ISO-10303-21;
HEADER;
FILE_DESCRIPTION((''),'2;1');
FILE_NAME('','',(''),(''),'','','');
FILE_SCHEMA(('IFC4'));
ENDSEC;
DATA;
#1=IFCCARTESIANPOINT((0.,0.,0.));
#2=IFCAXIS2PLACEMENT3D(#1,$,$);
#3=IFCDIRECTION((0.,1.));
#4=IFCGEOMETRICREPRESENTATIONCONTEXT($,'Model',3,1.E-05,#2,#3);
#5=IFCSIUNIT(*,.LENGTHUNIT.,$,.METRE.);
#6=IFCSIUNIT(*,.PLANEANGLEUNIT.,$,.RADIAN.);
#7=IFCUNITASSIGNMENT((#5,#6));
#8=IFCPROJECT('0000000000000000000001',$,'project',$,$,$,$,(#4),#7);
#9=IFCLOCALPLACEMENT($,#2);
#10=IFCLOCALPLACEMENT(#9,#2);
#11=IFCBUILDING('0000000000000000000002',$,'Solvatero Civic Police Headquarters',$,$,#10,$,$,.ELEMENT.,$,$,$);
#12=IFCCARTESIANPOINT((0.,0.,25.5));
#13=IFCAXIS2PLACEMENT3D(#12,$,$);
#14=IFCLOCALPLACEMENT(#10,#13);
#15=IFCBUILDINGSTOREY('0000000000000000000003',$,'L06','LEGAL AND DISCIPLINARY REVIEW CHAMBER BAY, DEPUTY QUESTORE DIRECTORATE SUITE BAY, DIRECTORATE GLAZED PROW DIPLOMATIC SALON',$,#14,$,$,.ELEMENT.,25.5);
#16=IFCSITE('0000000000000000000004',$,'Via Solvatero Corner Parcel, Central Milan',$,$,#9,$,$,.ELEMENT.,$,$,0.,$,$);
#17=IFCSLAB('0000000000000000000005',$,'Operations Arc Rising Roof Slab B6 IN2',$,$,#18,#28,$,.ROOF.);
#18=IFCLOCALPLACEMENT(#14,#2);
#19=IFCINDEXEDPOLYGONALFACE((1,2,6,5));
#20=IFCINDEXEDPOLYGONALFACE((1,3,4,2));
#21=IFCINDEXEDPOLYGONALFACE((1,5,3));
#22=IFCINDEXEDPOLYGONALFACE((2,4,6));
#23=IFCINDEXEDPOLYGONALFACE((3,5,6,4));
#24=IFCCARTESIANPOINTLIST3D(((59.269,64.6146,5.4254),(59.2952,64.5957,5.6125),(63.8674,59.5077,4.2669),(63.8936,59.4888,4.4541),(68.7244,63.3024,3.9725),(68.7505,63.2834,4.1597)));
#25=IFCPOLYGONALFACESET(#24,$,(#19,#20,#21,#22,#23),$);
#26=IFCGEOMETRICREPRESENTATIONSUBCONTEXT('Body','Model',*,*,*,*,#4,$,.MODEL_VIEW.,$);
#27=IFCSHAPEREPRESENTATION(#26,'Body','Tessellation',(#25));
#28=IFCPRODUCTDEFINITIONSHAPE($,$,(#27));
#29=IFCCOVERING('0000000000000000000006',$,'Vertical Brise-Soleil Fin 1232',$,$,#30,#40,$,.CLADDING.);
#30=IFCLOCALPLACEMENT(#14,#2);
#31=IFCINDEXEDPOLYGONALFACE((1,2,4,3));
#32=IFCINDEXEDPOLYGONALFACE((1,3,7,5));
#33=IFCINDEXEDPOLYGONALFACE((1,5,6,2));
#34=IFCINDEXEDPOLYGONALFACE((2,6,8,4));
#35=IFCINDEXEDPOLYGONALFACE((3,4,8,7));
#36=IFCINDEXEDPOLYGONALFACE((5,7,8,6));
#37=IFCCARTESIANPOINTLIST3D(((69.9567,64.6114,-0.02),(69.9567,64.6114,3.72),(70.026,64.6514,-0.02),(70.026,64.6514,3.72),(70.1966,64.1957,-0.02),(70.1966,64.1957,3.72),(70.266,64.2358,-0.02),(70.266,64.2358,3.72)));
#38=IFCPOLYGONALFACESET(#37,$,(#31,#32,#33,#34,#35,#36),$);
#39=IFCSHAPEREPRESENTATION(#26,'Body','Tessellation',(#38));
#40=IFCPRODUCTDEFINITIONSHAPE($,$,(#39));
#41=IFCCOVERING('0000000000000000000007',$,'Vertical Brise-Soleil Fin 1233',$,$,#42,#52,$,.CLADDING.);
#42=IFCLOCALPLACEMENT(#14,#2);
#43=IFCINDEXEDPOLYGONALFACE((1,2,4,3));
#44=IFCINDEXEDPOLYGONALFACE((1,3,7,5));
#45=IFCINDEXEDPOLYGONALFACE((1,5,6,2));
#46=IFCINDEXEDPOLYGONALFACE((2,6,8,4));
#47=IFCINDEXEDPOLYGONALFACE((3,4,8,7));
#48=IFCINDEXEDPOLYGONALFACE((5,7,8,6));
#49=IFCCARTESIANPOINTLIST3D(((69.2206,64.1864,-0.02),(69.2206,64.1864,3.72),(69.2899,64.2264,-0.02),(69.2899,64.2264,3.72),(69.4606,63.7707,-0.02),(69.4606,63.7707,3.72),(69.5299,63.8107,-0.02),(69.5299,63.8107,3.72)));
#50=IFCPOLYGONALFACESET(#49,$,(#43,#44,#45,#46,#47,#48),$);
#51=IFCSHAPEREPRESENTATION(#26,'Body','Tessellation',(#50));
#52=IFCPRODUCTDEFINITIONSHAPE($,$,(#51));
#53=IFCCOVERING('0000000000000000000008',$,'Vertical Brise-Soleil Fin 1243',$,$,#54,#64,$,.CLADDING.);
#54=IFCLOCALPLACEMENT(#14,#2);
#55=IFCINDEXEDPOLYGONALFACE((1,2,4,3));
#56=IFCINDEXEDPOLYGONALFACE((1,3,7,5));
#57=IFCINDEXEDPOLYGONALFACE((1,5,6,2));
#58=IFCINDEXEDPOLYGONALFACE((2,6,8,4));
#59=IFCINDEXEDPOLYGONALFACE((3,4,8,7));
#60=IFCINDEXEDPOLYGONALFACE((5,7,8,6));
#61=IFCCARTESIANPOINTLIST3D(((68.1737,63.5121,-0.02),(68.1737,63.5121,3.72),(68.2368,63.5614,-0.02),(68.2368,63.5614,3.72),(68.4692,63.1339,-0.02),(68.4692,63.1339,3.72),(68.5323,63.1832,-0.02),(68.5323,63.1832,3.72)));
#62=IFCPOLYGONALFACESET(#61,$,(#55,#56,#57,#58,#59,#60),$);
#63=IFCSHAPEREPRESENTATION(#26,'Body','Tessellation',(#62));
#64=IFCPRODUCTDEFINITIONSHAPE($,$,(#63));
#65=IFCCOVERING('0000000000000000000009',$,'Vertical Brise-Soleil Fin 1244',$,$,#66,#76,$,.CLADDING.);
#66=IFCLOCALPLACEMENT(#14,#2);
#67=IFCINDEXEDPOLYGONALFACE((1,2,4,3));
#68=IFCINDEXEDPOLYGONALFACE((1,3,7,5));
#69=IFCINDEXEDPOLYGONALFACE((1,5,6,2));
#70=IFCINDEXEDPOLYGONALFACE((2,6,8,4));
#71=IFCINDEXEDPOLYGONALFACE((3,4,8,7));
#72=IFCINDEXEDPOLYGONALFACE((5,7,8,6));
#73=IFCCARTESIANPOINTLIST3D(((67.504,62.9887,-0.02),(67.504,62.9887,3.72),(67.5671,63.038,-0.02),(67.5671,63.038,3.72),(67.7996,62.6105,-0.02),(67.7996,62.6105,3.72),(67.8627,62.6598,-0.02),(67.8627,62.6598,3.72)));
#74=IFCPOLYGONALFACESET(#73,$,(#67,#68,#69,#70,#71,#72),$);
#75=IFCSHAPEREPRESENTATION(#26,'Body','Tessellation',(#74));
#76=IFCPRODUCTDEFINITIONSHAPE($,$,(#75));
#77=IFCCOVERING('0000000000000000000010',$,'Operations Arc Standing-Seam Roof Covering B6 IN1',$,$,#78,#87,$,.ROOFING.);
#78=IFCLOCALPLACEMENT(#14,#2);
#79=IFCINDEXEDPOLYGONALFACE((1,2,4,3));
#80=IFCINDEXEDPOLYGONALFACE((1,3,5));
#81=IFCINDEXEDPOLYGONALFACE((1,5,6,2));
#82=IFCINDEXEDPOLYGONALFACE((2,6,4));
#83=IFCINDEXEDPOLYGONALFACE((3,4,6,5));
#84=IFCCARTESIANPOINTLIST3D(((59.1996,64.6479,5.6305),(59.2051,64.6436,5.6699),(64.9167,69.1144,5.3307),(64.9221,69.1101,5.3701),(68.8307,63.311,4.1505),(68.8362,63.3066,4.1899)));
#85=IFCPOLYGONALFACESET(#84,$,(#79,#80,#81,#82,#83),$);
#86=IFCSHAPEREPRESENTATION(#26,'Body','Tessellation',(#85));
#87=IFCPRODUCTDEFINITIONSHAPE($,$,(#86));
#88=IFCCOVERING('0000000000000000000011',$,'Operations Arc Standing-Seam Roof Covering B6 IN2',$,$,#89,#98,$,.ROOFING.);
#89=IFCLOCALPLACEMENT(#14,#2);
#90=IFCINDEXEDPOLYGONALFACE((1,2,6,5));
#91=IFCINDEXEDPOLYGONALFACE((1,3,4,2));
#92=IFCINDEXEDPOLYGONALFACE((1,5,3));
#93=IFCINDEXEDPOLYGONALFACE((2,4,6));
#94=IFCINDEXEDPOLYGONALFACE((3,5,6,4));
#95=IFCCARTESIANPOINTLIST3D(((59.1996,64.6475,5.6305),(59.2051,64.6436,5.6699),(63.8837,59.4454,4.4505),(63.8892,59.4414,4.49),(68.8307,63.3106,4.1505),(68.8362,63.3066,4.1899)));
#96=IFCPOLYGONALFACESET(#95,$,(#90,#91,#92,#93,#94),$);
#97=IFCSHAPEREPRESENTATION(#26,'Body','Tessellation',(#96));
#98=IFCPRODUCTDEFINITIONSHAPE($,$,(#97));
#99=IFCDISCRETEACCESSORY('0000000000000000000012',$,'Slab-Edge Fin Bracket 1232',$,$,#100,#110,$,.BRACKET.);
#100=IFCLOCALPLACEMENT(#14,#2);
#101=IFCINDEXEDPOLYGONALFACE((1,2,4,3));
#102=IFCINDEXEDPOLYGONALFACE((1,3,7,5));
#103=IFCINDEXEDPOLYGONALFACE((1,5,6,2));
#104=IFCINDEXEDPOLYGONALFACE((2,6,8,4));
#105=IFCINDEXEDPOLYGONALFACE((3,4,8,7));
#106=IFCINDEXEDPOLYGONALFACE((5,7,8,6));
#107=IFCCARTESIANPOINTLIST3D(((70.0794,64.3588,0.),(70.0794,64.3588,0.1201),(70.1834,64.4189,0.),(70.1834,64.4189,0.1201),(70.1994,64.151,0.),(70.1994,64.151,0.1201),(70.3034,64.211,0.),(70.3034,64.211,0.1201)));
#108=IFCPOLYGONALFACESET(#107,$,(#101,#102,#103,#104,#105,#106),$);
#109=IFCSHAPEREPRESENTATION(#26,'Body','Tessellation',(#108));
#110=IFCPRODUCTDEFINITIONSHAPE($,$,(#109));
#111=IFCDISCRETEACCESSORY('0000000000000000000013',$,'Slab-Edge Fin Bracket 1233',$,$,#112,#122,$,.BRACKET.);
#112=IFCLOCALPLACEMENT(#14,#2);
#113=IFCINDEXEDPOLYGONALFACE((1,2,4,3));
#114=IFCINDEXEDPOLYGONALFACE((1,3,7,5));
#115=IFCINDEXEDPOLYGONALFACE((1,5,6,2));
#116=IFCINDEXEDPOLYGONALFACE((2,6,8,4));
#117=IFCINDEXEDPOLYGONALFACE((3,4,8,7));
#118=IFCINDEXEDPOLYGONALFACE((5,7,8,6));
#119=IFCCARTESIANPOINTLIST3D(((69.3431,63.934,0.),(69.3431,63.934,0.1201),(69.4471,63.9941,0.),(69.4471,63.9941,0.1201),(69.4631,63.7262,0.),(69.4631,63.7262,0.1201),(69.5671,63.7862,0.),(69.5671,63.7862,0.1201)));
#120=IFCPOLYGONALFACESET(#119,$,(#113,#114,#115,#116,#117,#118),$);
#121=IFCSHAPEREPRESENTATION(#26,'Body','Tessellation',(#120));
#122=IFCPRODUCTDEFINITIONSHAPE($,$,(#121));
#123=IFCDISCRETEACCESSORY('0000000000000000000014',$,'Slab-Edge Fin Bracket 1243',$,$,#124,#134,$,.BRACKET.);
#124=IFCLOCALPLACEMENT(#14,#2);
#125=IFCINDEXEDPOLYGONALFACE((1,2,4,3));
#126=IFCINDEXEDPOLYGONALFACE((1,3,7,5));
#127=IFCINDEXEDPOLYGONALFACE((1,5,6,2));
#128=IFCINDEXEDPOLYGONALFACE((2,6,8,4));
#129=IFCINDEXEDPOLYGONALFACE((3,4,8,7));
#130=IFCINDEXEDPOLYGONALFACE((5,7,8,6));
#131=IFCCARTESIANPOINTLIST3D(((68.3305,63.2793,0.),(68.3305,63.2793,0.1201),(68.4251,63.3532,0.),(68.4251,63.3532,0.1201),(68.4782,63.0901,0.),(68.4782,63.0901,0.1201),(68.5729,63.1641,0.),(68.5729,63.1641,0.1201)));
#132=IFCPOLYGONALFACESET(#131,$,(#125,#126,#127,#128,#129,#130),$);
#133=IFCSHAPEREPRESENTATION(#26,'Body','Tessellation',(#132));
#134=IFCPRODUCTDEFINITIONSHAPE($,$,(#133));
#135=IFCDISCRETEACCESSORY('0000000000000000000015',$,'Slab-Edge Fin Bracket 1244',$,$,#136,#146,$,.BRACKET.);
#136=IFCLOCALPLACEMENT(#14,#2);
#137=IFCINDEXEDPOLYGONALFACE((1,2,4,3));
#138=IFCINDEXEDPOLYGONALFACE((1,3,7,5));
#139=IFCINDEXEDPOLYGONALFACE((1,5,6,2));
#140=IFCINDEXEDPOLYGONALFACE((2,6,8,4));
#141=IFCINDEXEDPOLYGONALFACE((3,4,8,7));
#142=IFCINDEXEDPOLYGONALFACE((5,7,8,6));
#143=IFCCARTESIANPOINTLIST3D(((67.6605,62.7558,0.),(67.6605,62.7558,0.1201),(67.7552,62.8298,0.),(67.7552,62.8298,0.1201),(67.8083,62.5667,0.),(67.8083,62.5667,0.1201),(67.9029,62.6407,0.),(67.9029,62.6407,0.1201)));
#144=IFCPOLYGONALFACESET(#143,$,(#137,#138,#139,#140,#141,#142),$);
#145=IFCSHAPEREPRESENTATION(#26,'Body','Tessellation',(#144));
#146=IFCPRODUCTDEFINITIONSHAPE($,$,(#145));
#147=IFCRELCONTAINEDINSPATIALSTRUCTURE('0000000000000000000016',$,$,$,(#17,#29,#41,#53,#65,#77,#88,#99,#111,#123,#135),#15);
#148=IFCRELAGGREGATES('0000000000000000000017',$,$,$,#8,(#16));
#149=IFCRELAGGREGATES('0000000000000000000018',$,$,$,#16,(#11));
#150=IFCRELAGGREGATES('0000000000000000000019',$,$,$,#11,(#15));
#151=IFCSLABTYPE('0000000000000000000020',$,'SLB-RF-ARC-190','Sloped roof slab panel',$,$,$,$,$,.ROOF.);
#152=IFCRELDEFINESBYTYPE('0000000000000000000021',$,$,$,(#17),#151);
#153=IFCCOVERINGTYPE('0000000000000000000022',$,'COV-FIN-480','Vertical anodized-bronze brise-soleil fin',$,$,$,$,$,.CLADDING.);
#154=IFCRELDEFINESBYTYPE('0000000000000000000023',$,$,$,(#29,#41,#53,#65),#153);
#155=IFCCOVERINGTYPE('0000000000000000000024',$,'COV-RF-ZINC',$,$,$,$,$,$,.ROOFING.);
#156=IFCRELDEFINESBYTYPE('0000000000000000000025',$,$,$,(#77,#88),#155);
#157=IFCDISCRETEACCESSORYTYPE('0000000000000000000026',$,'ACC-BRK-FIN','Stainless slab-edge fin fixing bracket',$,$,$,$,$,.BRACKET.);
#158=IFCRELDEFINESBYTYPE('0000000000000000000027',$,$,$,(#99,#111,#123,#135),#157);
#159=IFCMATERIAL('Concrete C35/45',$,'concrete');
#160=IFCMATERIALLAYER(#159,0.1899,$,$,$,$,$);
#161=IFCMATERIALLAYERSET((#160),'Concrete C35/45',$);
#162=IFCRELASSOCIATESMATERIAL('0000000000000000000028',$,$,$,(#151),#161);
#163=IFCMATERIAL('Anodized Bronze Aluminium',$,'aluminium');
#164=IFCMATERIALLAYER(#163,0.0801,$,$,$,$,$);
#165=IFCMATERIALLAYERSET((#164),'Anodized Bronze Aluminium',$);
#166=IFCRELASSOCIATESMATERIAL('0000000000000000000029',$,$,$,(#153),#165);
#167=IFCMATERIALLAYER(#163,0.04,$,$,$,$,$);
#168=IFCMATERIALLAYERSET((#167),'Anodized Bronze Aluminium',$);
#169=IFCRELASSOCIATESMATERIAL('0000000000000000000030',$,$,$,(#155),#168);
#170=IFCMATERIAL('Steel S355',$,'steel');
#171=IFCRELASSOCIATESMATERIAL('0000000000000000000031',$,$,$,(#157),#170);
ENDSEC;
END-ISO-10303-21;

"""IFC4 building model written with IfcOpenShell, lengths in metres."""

from ifc_helpers import new_model, si_unit, direction, frame, origin, origin_2d, place, context, subcontext, project, spatial, polyline, rectangle, outline, extrude, material, layer, layer_set, type_object, element, save


model = new_model("IFC4")

# Units and contexts
model_context = context("Model", 3, precision=1e-05, world=origin(), true_north=direction((0.0, 1.0)))
body_context = subcontext(model_context, "Body", "Model", "MODEL_VIEW")
ifc_project = project(units=[si_unit("LENGTHUNIT", "METRE"), si_unit("PLANEANGLEUNIT", "RADIAN")], contexts=[model_context])

# Site, building, storey
site_placement = place(None, origin())
site = spatial("IfcSite", under=ifc_project, at=site_placement, Name="Via Solvatero Corner Parcel, Central Milan", CompositionType="ELEMENT", RefElevation=0.0)
building_placement = place(site_placement, origin())
building = spatial("IfcBuilding", under=site, at=building_placement, Name="Solvatero Civic Police Headquarters", CompositionType="ELEMENT")
storey_placement = place(building_placement, frame((0.0, 0.0, 25.5)))
storey = spatial("IfcBuildingStorey", under=building, at=storey_placement, Name="L06", Description="LEGAL AND DISCIPLINARY REVIEW CHAMBER BAY, DEPUTY QUESTORE DIRECTORATE SUITE BAY, DIRECTORATE GLAZED PROW DIPLOMATIC SALON", CompositionType="ELEMENT", Elevation=25.5)

# Shared definitions
ifc_material_1 = material(Name="Steel S355", Category="steel")

# Shared definitions
ifc_material_2 = material(Name="Anodized Bronze Aluminium", Category="aluminium")

# Slab
ifc_material_3 = material(Name="Concrete C35/45", Category="concrete")
ifc_layer_1 = layer(ifc_material_3, 0.1899)
ifc_layer_set_1 = layer_set([ifc_layer_1], Name="Concrete C35/45")
slab_type = type_object("IfcSlabType", Name="SLB-RF-ARC-190", Description="Sloped roof slab panel", PredefinedType="ROOF", material=ifc_layer_set_1)
slab_1_placement = place(storey_placement, frame((68.7505, 63.2834, 4.1597), z_axis=(0.137594, -0.099648, 0.985463), x_axis=(-0.787111, -0.614963, 0.047716)))
element("IfcSlab", 1, at=slab_1_placement, inside=storey, type_object=slab_type, Name="Operations Arc Rising Roof Slab B6 IN2", PredefinedType="ROOF", context=body_context, shape_type="SweptSolid", body=[
    extrude(outline(polyline([(0.0, 0.0), (6.1706, 0.0), (6.7047, -6.9486), (0.0, 0.0)])), origin(), (0.0, 0.0, -1.0), 0.1899),
])

# Coverings
ifc_layer_2 = layer(ifc_material_2, 0.0801)
ifc_layer_set_2 = layer_set([ifc_layer_2], Name="Anodized Bronze Aluminium")
covering_type_1 = type_object("IfcCoveringType", Name="COV-FIN-480", Description="Vertical anodized-bronze brise-soleil fin", PredefinedType="CLADDING", material=ifc_layer_set_2)
for number, where, z_axis, x_axis, name in (
    (2, (70.1113, 64.4236, -0.02), (0.0, 0.0, 1.0), (-0.866025, -0.5, 0.0), "Vertical Brise-Soleil Fin 1232"),
    (3, (69.3752, 63.9985, -0.02), (0.0, 0.0, 1.0), (-0.866025, -0.5, 0.0), "Vertical Brise-Soleil Fin 1233"),
    (4, (68.353, 63.3477, -0.02), (0.0, 0.0, 1.0), (-0.788011, -0.615661, 0.0), "Vertical Brise-Soleil Fin 1243"),
    (5, (67.6833, 62.8242, -0.02), (0.0, 0.0, 1.0), (-0.788011, -0.615661, 0.0), "Vertical Brise-Soleil Fin 1244"),
):
    element("IfcCovering", number, at=place(storey_placement, frame(where, z_axis=z_axis, x_axis=x_axis)), inside=storey, type_object=covering_type_1, Name=name, PredefinedType="CLADDING", context=body_context, shape_type="SweptSolid", body=[
        extrude(rectangle(XDim=0.0801, YDim=0.48, at=origin_2d()), origin(), (0.0, 0.0, 1.0), 3.74),
    ])
ifc_layer_3 = layer(ifc_material_2, 0.04)
ifc_layer_set_3 = layer_set([ifc_layer_3], Name="Anodized Bronze Aluminium")
covering_type_2 = type_object("IfcCoveringType", Name="COV-RF-ZINC", PredefinedType="ROOFING", material=ifc_layer_set_3)
covering_1_placement = place(storey_placement, frame((68.8362, 63.3066, 4.1899), z_axis=(0.136281, -0.108339, 0.984728), x_axis=(-0.55137, 0.817528, 0.16625)))
element("IfcCovering", 6, at=covering_1_placement, inside=storey, type_object=covering_type_2, Name="Operations Arc Standing-Seam Roof Covering B6 IN1", PredefinedType="ROOFING", context=body_context, shape_type="SweptSolid", body=[
    extrude(outline(polyline([(0.0, 0.0), (7.0988, 0.0), (6.6493, 7.2472), (0.0, 0.0)])), origin(), (0.0, 0.0, -1.0), 0.04),
])
covering_2_placement = place(storey_placement, frame((68.8362, 63.3066, 4.1899), z_axis=(0.137605, -0.099618, 0.985465), x_axis=(-0.979225, 0.135928, 0.150474)))
element("IfcCovering", 7, at=covering_2_placement, inside=storey, type_object=covering_type_2, Name="Operations Arc Standing-Seam Roof Covering B6 IN2", PredefinedType="ROOFING", context=body_context, shape_type="SweptSolid", body=[
    extrude(outline(polyline([(0.0, 0.0), (9.8354, 0.0), (4.364, 4.5231), (0.0, 0.0)])), origin(), (0.0, 0.0, -1.0), 0.04),
])

# Discrete accessories
discrete_accessory_type = type_object("IfcDiscreteAccessoryType", Name="ACC-BRK-FIN", Description="Stainless slab-edge fin fixing bracket", PredefinedType="BRACKET", material=ifc_material_1)
for number, where, z_axis, x_axis, name in (
    (8, (70.1914, 64.2849, 0.0), (0.0, 0.0, 1.0), (-0.866025, -0.5, 0.0), "Slab-Edge Fin Bracket 1232"),
    (9, (69.4551, 63.8601, 0.0), (0.0, 0.0, 1.0), (-0.866025, -0.5, 0.0), "Slab-Edge Fin Bracket 1233"),
    (10, (68.4517, 63.2217, 0.0), (0.0, 0.0, 1.0), (-0.788011, -0.615661, 0.0), "Slab-Edge Fin Bracket 1243"),
    (11, (67.7817, 62.6982, 0.0), (0.0, 0.0, 1.0), (-0.788011, -0.615661, 0.0), "Slab-Edge Fin Bracket 1244"),
):
    element("IfcDiscreteAccessory", number, at=place(storey_placement, frame(where, z_axis=z_axis, x_axis=x_axis)), inside=storey, type_object=discrete_accessory_type, Name=name, PredefinedType="BRACKET", context=body_context, shape_type="SweptSolid", body=[
        extrude(rectangle(XDim=0.1201, YDim=0.24, at=origin_2d()), origin(), (0.0, 0.0, 1.0), 0.1201),
    ])

save(model, "model.ifc")
